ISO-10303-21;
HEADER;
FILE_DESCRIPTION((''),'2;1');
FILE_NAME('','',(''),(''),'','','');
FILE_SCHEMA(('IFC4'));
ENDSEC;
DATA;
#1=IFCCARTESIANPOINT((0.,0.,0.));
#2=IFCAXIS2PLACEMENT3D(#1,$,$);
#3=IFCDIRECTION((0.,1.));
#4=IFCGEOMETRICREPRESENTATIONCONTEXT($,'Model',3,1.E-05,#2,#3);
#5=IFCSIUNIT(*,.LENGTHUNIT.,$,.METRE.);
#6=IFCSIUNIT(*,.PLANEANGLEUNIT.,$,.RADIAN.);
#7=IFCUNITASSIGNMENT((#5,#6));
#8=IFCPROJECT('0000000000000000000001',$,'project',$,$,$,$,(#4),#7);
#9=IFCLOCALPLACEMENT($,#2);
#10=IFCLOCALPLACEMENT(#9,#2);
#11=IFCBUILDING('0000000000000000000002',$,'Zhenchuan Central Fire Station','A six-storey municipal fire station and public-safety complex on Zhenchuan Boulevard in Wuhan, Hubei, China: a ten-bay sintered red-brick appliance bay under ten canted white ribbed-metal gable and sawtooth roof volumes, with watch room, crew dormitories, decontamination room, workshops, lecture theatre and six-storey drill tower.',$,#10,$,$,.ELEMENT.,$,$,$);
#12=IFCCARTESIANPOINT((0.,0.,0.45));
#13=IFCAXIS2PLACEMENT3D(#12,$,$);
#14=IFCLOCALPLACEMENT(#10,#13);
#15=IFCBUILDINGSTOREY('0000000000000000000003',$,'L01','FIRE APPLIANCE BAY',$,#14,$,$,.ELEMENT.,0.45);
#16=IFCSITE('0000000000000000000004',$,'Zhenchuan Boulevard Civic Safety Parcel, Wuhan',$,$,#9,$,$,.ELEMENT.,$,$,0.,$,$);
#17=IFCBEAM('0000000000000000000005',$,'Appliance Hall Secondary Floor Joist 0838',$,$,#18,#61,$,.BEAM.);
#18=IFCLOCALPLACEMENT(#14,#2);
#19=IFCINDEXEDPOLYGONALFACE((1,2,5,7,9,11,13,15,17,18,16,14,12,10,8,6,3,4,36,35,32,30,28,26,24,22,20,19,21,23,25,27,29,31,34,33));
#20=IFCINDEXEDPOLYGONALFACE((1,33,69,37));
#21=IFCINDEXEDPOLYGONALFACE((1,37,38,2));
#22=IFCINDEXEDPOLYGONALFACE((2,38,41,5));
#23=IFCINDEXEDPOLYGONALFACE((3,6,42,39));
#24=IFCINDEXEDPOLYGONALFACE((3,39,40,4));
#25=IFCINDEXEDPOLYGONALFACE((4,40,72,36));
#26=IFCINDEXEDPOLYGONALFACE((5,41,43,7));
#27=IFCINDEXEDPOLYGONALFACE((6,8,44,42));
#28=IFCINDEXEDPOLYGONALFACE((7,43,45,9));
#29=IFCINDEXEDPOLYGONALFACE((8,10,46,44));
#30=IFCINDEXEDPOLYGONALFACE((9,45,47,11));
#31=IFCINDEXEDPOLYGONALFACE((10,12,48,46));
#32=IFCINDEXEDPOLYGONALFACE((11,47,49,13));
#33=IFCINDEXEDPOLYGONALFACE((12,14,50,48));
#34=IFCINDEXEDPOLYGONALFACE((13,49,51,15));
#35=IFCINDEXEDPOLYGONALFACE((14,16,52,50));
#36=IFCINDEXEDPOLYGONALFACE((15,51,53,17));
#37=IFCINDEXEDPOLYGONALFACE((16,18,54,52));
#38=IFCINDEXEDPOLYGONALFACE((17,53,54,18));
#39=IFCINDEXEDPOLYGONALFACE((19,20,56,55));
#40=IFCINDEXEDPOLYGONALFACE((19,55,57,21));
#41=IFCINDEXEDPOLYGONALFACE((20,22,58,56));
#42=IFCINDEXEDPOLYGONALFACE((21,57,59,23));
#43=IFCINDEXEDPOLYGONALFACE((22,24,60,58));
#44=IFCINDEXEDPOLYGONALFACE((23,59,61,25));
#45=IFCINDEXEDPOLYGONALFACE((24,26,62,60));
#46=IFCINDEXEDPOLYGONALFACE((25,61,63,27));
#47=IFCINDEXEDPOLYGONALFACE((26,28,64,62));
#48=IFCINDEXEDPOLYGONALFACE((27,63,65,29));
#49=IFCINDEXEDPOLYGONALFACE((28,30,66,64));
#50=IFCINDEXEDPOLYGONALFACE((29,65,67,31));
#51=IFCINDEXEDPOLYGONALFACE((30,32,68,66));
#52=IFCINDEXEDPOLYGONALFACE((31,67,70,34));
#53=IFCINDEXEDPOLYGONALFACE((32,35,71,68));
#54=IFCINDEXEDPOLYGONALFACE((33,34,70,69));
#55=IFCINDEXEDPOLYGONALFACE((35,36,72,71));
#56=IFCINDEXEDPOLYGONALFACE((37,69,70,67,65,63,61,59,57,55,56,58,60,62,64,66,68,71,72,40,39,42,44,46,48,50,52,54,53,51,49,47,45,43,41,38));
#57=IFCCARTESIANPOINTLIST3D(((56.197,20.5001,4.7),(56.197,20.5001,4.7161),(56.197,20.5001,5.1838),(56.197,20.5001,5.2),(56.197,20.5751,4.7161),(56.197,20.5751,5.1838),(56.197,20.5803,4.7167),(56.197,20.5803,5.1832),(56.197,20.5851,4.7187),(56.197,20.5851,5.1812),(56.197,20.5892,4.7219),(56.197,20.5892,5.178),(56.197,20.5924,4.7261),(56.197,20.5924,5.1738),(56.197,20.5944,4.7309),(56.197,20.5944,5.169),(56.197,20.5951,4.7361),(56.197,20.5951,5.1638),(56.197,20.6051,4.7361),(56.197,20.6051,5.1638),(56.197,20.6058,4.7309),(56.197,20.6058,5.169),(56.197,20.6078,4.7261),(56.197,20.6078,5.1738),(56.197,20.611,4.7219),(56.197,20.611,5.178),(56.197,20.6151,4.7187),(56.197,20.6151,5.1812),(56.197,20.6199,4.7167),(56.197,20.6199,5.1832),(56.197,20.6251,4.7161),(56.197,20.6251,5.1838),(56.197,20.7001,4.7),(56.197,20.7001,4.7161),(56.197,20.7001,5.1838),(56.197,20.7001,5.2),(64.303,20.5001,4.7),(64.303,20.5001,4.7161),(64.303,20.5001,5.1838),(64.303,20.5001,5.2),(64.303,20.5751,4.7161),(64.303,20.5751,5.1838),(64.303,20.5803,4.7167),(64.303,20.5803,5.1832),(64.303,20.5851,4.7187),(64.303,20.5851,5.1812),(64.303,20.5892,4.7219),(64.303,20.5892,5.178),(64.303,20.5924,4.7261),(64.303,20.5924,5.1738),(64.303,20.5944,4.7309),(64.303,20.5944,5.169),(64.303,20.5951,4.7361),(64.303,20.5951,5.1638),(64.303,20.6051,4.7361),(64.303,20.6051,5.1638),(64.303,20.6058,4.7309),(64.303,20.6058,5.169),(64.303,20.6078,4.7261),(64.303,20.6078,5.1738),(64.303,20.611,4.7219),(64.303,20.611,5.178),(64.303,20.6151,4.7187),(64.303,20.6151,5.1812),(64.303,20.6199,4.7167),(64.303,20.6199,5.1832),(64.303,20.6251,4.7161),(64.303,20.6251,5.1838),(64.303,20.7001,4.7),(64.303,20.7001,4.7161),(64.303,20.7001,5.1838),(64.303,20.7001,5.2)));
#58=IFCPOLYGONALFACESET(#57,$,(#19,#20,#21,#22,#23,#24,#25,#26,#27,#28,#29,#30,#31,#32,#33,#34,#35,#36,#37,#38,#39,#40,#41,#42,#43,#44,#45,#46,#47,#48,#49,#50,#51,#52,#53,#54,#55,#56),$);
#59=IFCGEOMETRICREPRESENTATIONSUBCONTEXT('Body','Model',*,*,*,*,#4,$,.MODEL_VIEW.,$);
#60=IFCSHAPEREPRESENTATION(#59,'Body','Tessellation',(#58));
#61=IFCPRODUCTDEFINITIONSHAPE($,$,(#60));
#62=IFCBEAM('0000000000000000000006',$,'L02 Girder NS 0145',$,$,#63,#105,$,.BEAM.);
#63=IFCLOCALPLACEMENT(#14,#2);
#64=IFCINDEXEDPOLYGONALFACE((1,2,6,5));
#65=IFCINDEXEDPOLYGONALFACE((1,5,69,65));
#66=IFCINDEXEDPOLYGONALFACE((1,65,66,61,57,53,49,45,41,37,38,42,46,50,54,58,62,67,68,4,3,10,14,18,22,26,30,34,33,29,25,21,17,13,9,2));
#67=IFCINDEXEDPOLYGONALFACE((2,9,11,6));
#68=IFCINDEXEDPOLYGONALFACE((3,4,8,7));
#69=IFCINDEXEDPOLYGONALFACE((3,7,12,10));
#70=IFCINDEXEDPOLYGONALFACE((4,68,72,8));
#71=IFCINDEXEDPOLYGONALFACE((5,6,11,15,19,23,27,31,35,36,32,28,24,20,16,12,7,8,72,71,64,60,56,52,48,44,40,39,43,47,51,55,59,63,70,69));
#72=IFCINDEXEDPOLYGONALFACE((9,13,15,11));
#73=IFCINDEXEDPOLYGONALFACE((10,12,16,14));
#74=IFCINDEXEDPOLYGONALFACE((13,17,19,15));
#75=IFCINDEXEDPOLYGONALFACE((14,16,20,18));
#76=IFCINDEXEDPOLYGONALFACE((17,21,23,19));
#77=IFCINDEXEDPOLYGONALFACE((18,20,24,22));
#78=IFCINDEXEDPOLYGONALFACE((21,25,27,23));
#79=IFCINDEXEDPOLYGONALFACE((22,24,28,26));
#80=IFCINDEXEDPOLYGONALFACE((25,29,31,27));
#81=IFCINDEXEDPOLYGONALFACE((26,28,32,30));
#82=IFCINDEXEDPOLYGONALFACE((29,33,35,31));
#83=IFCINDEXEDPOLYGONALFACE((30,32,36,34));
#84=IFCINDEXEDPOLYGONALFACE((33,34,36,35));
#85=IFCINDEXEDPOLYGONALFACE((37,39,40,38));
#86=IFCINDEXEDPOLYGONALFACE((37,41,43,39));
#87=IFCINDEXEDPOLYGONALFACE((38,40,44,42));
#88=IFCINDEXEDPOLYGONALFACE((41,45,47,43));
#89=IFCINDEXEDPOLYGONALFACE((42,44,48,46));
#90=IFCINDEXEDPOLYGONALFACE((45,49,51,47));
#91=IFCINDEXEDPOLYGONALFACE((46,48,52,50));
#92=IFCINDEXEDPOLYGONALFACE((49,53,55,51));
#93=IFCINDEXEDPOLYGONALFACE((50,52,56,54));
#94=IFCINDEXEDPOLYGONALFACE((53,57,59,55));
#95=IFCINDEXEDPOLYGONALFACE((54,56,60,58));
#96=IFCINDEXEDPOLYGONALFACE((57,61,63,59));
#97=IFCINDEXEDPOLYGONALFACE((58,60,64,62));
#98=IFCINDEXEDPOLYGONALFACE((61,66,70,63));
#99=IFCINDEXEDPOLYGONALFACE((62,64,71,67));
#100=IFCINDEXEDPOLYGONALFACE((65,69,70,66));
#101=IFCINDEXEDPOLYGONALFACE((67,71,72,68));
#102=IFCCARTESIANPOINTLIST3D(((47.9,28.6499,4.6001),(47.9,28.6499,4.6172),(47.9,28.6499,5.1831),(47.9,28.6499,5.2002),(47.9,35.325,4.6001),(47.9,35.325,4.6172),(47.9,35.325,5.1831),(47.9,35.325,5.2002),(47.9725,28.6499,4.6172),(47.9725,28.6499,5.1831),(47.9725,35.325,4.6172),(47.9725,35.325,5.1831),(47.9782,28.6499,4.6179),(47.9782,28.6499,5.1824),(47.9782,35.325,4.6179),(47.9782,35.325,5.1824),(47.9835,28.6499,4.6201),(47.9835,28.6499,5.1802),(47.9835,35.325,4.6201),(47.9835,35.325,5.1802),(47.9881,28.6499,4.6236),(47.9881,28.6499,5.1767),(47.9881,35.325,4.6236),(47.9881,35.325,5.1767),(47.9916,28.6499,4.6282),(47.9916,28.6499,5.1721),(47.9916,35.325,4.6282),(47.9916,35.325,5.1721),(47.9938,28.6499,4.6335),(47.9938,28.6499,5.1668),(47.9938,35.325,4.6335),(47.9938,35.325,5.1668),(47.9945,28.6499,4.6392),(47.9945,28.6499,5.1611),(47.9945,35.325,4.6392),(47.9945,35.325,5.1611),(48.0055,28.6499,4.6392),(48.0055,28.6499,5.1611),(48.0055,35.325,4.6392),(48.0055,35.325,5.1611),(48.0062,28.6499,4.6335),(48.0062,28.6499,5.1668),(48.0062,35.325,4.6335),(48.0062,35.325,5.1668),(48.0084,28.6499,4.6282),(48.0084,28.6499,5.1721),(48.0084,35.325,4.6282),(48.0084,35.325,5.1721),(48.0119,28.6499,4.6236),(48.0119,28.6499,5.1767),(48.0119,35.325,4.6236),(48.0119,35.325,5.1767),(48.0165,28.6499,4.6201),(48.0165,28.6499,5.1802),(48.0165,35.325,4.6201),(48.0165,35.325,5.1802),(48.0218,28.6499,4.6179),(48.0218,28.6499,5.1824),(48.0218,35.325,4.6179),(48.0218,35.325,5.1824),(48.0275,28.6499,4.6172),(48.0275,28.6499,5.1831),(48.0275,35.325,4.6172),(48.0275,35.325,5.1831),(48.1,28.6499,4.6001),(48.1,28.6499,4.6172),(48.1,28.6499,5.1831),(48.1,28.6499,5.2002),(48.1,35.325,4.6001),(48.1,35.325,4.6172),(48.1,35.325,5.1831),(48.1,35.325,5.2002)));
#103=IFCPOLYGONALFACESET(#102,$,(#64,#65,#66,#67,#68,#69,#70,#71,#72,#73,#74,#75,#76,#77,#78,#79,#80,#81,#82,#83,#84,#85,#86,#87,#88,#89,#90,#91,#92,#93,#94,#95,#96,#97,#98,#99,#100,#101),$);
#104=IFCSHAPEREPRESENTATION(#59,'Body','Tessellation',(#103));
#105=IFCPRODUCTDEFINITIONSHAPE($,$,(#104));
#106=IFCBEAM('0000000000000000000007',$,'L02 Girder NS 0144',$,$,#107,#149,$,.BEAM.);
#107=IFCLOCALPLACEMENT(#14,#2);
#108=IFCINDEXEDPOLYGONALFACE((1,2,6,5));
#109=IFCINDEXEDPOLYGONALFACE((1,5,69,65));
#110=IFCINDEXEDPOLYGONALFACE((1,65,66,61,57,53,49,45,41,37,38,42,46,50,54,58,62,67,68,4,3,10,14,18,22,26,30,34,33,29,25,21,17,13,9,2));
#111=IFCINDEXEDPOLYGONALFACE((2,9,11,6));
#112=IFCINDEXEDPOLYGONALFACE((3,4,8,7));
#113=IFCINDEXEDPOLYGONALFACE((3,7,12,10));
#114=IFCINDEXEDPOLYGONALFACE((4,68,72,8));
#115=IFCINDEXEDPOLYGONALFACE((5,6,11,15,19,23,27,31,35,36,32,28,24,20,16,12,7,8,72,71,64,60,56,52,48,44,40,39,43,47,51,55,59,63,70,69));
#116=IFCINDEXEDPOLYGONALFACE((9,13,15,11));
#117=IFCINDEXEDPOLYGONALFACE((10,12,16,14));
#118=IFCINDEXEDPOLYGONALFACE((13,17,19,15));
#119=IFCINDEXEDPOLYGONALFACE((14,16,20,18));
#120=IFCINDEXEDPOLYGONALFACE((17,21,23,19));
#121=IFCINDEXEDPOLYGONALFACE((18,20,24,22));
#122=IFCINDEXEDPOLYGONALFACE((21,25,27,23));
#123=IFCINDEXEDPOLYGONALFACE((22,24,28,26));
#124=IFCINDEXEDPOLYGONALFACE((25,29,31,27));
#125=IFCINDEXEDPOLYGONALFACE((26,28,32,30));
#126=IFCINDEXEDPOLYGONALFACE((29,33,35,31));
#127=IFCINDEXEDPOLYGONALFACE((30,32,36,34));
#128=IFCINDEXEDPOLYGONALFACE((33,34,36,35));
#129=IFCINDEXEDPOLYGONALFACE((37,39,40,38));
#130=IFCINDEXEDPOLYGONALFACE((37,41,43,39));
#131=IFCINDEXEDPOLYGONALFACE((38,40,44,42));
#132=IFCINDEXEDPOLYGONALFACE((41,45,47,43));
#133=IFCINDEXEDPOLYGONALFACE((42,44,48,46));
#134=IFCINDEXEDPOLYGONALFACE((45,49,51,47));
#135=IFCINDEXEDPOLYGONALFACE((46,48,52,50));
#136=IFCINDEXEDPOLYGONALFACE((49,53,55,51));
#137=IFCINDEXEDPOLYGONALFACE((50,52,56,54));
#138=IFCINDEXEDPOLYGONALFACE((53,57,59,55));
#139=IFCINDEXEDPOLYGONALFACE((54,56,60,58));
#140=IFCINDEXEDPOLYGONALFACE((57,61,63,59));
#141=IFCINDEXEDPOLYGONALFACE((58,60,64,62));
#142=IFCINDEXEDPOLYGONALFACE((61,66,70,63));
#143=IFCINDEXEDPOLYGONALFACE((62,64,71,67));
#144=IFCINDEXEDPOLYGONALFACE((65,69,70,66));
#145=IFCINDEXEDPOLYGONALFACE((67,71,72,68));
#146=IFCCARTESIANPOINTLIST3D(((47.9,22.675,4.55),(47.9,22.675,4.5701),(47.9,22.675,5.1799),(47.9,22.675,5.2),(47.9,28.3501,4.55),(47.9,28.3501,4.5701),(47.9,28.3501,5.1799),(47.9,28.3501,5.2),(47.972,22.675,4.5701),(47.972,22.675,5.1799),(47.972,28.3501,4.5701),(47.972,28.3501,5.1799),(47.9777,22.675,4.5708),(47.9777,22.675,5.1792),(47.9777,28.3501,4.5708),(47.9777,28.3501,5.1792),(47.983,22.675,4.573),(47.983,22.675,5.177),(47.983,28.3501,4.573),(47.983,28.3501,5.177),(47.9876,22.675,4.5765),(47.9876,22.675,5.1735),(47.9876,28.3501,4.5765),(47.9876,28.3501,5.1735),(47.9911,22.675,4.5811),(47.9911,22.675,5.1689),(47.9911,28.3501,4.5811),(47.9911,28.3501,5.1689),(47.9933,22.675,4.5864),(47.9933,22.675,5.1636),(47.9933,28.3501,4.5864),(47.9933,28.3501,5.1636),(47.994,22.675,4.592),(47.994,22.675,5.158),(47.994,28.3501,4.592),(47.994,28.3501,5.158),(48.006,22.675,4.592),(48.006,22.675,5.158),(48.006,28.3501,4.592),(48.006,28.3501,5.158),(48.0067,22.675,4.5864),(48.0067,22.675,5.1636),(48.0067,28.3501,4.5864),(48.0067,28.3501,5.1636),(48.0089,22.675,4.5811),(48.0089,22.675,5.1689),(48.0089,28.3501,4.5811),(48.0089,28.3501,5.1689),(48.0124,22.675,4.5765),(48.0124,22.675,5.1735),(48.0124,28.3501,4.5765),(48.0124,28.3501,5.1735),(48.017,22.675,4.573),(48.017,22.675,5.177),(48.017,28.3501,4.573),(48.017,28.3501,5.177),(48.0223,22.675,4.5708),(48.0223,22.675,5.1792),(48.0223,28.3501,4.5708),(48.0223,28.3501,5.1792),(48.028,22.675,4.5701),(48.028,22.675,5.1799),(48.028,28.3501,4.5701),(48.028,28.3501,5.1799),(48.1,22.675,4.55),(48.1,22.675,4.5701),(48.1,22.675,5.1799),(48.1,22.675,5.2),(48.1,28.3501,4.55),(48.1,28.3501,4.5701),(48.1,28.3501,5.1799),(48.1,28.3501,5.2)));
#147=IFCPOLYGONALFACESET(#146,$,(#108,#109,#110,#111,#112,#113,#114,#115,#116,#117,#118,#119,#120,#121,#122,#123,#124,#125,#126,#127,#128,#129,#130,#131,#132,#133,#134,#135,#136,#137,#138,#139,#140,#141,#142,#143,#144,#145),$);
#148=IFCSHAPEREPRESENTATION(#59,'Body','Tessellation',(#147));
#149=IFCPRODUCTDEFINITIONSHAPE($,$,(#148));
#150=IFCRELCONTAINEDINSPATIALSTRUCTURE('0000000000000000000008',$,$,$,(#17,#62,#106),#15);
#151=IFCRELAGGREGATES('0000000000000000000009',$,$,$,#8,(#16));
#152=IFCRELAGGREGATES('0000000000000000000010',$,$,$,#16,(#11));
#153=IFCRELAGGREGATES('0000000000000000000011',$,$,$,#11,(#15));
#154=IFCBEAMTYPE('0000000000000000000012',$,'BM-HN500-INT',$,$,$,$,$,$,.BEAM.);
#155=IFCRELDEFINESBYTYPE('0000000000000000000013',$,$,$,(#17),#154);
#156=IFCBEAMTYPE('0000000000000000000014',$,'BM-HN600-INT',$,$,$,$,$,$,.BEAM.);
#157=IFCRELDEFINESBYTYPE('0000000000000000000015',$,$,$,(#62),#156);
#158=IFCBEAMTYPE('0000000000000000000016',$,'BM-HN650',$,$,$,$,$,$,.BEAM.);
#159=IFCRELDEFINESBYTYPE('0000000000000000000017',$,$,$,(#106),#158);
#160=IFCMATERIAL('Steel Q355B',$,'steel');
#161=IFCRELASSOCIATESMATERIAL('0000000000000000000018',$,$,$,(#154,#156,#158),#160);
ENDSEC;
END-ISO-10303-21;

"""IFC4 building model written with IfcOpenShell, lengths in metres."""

from ifc_helpers import new_model, si_unit, direction, frame, origin, origin_2d, place, context, subcontext, project, spatial, i_section, extrude, material, material_profile, profile_set, type_object, element, save


model = new_model("IFC4")

# Units and contexts
model_context = context("Model", 3, precision=1e-05, world=origin(), true_north=direction((0.0, 1.0)))
body_context = subcontext(model_context, "Body", "Model", "MODEL_VIEW")
ifc_project = project(units=[si_unit("LENGTHUNIT", "METRE"), si_unit("PLANEANGLEUNIT", "RADIAN")], contexts=[model_context])

# Site, building, storey
site_placement = place(None, origin())
site = spatial("IfcSite", under=ifc_project, at=site_placement, Name="Zhenchuan Boulevard Civic Safety Parcel, Wuhan", CompositionType="ELEMENT", RefElevation=0.0)
building_placement = place(site_placement, origin())
building = spatial("IfcBuilding", under=site, at=building_placement, Name="Zhenchuan Central Fire Station", Description="A six-storey municipal fire station and public-safety complex on Zhenchuan Boulevard in Wuhan, Hubei, China: a ten-bay sintered red-brick appliance bay under ten canted white ribbed-metal gable and sawtooth roof volumes, with watch room, crew dormitories, decontamination room, workshops, lecture theatre and six-storey drill tower.", CompositionType="ELEMENT")
storey_placement = place(building_placement, frame((0.0, 0.0, 0.45)))
storey = spatial("IfcBuildingStorey", under=building, at=storey_placement, Name="L01", Description="FIRE APPLIANCE BAY", CompositionType="ELEMENT", Elevation=0.45)

# Shared definitions
ifc_material_1 = material(Name="Steel Q355B", Category="steel")

# Beams
ifc_material_profile_1 = material_profile(ifc_material_1, i_section(OverallWidth=0.2, OverallDepth=0.5, WebThickness=0.01, FlangeThickness=0.0161, FilletRadius=0.02, at=origin_2d()), Name="HN 500x200")
ifc_profile_set_1 = profile_set([ifc_material_profile_1], Name="Steel Q355B")
beam_type_1 = type_object("IfcBeamType", Name="BM-HN500-INT", PredefinedType="BEAM", material=ifc_profile_set_1)
beam_1_placement = place(storey_placement, frame((56.197, 20.6001, 4.95), z_axis=(1.0, 0.0, 0.0), x_axis=(0.0, 1.0, 0.0)))
element("IfcBeam", 1, at=beam_1_placement, inside=storey, type_object=beam_type_1, Name="Appliance Hall Secondary Floor Joist 0838", PredefinedType="BEAM", context=body_context, shape_type="SweptSolid", body=[
    extrude(i_section(OverallWidth=0.2, OverallDepth=0.5, WebThickness=0.01, FlangeThickness=0.0161, FilletRadius=0.02, at=origin_2d()), origin(), (0.0, 0.0, 1.0), 8.106),
])
ifc_material_profile_2 = material_profile(ifc_material_1, i_section(OverallWidth=0.2, OverallDepth=0.6001, WebThickness=0.011, FlangeThickness=0.0171, FilletRadius=0.022, at=origin_2d()), Name="HN 600x200")
ifc_profile_set_2 = profile_set([ifc_material_profile_2], Name="Steel Q355B")
beam_type_2 = type_object("IfcBeamType", Name="BM-HN600-INT", PredefinedType="BEAM", material=ifc_profile_set_2)
beam_2_placement = place(storey_placement, frame((48.0, 28.6499, 4.9001), z_axis=(0.0, 1.0, 0.0), x_axis=(-1.0, 0.0, 0.0)))
element("IfcBeam", 2, at=beam_2_placement, inside=storey, type_object=beam_type_2, Name="L02 Girder NS 0145", PredefinedType="BEAM", context=body_context, shape_type="SweptSolid", body=[
    extrude(i_section(OverallWidth=0.2, OverallDepth=0.6001, WebThickness=0.011, FlangeThickness=0.0171, FilletRadius=0.022, at=origin_2d()), origin(), (0.0, 0.0, 1.0), 6.675),
])
ifc_material_profile_3 = material_profile(ifc_material_1, i_section(OverallWidth=0.2, OverallDepth=0.6499, WebThickness=0.012, FlangeThickness=0.02, FilletRadius=0.022, at=origin_2d()), Name="HN 650x200")
ifc_profile_set_3 = profile_set([ifc_material_profile_3], Name="Steel Q355B")
beam_type_3 = type_object("IfcBeamType", Name="BM-HN650", PredefinedType="BEAM", material=ifc_profile_set_3)
beam_3_placement = place(storey_placement, frame((48.0, 22.675, 4.875), z_axis=(0.0, 1.0, 0.0), x_axis=(-1.0, 0.0, 0.0)))
element("IfcBeam", 3, at=beam_3_placement, inside=storey, type_object=beam_type_3, Name="L02 Girder NS 0144", PredefinedType="BEAM", context=body_context, shape_type="SweptSolid", body=[
    extrude(i_section(OverallWidth=0.2, OverallDepth=0.6499, WebThickness=0.012, FlangeThickness=0.02, FilletRadius=0.022, at=origin_2d()), origin(), (0.0, 0.0, 1.0), 5.675),
])

save(model, "model.ifc")
